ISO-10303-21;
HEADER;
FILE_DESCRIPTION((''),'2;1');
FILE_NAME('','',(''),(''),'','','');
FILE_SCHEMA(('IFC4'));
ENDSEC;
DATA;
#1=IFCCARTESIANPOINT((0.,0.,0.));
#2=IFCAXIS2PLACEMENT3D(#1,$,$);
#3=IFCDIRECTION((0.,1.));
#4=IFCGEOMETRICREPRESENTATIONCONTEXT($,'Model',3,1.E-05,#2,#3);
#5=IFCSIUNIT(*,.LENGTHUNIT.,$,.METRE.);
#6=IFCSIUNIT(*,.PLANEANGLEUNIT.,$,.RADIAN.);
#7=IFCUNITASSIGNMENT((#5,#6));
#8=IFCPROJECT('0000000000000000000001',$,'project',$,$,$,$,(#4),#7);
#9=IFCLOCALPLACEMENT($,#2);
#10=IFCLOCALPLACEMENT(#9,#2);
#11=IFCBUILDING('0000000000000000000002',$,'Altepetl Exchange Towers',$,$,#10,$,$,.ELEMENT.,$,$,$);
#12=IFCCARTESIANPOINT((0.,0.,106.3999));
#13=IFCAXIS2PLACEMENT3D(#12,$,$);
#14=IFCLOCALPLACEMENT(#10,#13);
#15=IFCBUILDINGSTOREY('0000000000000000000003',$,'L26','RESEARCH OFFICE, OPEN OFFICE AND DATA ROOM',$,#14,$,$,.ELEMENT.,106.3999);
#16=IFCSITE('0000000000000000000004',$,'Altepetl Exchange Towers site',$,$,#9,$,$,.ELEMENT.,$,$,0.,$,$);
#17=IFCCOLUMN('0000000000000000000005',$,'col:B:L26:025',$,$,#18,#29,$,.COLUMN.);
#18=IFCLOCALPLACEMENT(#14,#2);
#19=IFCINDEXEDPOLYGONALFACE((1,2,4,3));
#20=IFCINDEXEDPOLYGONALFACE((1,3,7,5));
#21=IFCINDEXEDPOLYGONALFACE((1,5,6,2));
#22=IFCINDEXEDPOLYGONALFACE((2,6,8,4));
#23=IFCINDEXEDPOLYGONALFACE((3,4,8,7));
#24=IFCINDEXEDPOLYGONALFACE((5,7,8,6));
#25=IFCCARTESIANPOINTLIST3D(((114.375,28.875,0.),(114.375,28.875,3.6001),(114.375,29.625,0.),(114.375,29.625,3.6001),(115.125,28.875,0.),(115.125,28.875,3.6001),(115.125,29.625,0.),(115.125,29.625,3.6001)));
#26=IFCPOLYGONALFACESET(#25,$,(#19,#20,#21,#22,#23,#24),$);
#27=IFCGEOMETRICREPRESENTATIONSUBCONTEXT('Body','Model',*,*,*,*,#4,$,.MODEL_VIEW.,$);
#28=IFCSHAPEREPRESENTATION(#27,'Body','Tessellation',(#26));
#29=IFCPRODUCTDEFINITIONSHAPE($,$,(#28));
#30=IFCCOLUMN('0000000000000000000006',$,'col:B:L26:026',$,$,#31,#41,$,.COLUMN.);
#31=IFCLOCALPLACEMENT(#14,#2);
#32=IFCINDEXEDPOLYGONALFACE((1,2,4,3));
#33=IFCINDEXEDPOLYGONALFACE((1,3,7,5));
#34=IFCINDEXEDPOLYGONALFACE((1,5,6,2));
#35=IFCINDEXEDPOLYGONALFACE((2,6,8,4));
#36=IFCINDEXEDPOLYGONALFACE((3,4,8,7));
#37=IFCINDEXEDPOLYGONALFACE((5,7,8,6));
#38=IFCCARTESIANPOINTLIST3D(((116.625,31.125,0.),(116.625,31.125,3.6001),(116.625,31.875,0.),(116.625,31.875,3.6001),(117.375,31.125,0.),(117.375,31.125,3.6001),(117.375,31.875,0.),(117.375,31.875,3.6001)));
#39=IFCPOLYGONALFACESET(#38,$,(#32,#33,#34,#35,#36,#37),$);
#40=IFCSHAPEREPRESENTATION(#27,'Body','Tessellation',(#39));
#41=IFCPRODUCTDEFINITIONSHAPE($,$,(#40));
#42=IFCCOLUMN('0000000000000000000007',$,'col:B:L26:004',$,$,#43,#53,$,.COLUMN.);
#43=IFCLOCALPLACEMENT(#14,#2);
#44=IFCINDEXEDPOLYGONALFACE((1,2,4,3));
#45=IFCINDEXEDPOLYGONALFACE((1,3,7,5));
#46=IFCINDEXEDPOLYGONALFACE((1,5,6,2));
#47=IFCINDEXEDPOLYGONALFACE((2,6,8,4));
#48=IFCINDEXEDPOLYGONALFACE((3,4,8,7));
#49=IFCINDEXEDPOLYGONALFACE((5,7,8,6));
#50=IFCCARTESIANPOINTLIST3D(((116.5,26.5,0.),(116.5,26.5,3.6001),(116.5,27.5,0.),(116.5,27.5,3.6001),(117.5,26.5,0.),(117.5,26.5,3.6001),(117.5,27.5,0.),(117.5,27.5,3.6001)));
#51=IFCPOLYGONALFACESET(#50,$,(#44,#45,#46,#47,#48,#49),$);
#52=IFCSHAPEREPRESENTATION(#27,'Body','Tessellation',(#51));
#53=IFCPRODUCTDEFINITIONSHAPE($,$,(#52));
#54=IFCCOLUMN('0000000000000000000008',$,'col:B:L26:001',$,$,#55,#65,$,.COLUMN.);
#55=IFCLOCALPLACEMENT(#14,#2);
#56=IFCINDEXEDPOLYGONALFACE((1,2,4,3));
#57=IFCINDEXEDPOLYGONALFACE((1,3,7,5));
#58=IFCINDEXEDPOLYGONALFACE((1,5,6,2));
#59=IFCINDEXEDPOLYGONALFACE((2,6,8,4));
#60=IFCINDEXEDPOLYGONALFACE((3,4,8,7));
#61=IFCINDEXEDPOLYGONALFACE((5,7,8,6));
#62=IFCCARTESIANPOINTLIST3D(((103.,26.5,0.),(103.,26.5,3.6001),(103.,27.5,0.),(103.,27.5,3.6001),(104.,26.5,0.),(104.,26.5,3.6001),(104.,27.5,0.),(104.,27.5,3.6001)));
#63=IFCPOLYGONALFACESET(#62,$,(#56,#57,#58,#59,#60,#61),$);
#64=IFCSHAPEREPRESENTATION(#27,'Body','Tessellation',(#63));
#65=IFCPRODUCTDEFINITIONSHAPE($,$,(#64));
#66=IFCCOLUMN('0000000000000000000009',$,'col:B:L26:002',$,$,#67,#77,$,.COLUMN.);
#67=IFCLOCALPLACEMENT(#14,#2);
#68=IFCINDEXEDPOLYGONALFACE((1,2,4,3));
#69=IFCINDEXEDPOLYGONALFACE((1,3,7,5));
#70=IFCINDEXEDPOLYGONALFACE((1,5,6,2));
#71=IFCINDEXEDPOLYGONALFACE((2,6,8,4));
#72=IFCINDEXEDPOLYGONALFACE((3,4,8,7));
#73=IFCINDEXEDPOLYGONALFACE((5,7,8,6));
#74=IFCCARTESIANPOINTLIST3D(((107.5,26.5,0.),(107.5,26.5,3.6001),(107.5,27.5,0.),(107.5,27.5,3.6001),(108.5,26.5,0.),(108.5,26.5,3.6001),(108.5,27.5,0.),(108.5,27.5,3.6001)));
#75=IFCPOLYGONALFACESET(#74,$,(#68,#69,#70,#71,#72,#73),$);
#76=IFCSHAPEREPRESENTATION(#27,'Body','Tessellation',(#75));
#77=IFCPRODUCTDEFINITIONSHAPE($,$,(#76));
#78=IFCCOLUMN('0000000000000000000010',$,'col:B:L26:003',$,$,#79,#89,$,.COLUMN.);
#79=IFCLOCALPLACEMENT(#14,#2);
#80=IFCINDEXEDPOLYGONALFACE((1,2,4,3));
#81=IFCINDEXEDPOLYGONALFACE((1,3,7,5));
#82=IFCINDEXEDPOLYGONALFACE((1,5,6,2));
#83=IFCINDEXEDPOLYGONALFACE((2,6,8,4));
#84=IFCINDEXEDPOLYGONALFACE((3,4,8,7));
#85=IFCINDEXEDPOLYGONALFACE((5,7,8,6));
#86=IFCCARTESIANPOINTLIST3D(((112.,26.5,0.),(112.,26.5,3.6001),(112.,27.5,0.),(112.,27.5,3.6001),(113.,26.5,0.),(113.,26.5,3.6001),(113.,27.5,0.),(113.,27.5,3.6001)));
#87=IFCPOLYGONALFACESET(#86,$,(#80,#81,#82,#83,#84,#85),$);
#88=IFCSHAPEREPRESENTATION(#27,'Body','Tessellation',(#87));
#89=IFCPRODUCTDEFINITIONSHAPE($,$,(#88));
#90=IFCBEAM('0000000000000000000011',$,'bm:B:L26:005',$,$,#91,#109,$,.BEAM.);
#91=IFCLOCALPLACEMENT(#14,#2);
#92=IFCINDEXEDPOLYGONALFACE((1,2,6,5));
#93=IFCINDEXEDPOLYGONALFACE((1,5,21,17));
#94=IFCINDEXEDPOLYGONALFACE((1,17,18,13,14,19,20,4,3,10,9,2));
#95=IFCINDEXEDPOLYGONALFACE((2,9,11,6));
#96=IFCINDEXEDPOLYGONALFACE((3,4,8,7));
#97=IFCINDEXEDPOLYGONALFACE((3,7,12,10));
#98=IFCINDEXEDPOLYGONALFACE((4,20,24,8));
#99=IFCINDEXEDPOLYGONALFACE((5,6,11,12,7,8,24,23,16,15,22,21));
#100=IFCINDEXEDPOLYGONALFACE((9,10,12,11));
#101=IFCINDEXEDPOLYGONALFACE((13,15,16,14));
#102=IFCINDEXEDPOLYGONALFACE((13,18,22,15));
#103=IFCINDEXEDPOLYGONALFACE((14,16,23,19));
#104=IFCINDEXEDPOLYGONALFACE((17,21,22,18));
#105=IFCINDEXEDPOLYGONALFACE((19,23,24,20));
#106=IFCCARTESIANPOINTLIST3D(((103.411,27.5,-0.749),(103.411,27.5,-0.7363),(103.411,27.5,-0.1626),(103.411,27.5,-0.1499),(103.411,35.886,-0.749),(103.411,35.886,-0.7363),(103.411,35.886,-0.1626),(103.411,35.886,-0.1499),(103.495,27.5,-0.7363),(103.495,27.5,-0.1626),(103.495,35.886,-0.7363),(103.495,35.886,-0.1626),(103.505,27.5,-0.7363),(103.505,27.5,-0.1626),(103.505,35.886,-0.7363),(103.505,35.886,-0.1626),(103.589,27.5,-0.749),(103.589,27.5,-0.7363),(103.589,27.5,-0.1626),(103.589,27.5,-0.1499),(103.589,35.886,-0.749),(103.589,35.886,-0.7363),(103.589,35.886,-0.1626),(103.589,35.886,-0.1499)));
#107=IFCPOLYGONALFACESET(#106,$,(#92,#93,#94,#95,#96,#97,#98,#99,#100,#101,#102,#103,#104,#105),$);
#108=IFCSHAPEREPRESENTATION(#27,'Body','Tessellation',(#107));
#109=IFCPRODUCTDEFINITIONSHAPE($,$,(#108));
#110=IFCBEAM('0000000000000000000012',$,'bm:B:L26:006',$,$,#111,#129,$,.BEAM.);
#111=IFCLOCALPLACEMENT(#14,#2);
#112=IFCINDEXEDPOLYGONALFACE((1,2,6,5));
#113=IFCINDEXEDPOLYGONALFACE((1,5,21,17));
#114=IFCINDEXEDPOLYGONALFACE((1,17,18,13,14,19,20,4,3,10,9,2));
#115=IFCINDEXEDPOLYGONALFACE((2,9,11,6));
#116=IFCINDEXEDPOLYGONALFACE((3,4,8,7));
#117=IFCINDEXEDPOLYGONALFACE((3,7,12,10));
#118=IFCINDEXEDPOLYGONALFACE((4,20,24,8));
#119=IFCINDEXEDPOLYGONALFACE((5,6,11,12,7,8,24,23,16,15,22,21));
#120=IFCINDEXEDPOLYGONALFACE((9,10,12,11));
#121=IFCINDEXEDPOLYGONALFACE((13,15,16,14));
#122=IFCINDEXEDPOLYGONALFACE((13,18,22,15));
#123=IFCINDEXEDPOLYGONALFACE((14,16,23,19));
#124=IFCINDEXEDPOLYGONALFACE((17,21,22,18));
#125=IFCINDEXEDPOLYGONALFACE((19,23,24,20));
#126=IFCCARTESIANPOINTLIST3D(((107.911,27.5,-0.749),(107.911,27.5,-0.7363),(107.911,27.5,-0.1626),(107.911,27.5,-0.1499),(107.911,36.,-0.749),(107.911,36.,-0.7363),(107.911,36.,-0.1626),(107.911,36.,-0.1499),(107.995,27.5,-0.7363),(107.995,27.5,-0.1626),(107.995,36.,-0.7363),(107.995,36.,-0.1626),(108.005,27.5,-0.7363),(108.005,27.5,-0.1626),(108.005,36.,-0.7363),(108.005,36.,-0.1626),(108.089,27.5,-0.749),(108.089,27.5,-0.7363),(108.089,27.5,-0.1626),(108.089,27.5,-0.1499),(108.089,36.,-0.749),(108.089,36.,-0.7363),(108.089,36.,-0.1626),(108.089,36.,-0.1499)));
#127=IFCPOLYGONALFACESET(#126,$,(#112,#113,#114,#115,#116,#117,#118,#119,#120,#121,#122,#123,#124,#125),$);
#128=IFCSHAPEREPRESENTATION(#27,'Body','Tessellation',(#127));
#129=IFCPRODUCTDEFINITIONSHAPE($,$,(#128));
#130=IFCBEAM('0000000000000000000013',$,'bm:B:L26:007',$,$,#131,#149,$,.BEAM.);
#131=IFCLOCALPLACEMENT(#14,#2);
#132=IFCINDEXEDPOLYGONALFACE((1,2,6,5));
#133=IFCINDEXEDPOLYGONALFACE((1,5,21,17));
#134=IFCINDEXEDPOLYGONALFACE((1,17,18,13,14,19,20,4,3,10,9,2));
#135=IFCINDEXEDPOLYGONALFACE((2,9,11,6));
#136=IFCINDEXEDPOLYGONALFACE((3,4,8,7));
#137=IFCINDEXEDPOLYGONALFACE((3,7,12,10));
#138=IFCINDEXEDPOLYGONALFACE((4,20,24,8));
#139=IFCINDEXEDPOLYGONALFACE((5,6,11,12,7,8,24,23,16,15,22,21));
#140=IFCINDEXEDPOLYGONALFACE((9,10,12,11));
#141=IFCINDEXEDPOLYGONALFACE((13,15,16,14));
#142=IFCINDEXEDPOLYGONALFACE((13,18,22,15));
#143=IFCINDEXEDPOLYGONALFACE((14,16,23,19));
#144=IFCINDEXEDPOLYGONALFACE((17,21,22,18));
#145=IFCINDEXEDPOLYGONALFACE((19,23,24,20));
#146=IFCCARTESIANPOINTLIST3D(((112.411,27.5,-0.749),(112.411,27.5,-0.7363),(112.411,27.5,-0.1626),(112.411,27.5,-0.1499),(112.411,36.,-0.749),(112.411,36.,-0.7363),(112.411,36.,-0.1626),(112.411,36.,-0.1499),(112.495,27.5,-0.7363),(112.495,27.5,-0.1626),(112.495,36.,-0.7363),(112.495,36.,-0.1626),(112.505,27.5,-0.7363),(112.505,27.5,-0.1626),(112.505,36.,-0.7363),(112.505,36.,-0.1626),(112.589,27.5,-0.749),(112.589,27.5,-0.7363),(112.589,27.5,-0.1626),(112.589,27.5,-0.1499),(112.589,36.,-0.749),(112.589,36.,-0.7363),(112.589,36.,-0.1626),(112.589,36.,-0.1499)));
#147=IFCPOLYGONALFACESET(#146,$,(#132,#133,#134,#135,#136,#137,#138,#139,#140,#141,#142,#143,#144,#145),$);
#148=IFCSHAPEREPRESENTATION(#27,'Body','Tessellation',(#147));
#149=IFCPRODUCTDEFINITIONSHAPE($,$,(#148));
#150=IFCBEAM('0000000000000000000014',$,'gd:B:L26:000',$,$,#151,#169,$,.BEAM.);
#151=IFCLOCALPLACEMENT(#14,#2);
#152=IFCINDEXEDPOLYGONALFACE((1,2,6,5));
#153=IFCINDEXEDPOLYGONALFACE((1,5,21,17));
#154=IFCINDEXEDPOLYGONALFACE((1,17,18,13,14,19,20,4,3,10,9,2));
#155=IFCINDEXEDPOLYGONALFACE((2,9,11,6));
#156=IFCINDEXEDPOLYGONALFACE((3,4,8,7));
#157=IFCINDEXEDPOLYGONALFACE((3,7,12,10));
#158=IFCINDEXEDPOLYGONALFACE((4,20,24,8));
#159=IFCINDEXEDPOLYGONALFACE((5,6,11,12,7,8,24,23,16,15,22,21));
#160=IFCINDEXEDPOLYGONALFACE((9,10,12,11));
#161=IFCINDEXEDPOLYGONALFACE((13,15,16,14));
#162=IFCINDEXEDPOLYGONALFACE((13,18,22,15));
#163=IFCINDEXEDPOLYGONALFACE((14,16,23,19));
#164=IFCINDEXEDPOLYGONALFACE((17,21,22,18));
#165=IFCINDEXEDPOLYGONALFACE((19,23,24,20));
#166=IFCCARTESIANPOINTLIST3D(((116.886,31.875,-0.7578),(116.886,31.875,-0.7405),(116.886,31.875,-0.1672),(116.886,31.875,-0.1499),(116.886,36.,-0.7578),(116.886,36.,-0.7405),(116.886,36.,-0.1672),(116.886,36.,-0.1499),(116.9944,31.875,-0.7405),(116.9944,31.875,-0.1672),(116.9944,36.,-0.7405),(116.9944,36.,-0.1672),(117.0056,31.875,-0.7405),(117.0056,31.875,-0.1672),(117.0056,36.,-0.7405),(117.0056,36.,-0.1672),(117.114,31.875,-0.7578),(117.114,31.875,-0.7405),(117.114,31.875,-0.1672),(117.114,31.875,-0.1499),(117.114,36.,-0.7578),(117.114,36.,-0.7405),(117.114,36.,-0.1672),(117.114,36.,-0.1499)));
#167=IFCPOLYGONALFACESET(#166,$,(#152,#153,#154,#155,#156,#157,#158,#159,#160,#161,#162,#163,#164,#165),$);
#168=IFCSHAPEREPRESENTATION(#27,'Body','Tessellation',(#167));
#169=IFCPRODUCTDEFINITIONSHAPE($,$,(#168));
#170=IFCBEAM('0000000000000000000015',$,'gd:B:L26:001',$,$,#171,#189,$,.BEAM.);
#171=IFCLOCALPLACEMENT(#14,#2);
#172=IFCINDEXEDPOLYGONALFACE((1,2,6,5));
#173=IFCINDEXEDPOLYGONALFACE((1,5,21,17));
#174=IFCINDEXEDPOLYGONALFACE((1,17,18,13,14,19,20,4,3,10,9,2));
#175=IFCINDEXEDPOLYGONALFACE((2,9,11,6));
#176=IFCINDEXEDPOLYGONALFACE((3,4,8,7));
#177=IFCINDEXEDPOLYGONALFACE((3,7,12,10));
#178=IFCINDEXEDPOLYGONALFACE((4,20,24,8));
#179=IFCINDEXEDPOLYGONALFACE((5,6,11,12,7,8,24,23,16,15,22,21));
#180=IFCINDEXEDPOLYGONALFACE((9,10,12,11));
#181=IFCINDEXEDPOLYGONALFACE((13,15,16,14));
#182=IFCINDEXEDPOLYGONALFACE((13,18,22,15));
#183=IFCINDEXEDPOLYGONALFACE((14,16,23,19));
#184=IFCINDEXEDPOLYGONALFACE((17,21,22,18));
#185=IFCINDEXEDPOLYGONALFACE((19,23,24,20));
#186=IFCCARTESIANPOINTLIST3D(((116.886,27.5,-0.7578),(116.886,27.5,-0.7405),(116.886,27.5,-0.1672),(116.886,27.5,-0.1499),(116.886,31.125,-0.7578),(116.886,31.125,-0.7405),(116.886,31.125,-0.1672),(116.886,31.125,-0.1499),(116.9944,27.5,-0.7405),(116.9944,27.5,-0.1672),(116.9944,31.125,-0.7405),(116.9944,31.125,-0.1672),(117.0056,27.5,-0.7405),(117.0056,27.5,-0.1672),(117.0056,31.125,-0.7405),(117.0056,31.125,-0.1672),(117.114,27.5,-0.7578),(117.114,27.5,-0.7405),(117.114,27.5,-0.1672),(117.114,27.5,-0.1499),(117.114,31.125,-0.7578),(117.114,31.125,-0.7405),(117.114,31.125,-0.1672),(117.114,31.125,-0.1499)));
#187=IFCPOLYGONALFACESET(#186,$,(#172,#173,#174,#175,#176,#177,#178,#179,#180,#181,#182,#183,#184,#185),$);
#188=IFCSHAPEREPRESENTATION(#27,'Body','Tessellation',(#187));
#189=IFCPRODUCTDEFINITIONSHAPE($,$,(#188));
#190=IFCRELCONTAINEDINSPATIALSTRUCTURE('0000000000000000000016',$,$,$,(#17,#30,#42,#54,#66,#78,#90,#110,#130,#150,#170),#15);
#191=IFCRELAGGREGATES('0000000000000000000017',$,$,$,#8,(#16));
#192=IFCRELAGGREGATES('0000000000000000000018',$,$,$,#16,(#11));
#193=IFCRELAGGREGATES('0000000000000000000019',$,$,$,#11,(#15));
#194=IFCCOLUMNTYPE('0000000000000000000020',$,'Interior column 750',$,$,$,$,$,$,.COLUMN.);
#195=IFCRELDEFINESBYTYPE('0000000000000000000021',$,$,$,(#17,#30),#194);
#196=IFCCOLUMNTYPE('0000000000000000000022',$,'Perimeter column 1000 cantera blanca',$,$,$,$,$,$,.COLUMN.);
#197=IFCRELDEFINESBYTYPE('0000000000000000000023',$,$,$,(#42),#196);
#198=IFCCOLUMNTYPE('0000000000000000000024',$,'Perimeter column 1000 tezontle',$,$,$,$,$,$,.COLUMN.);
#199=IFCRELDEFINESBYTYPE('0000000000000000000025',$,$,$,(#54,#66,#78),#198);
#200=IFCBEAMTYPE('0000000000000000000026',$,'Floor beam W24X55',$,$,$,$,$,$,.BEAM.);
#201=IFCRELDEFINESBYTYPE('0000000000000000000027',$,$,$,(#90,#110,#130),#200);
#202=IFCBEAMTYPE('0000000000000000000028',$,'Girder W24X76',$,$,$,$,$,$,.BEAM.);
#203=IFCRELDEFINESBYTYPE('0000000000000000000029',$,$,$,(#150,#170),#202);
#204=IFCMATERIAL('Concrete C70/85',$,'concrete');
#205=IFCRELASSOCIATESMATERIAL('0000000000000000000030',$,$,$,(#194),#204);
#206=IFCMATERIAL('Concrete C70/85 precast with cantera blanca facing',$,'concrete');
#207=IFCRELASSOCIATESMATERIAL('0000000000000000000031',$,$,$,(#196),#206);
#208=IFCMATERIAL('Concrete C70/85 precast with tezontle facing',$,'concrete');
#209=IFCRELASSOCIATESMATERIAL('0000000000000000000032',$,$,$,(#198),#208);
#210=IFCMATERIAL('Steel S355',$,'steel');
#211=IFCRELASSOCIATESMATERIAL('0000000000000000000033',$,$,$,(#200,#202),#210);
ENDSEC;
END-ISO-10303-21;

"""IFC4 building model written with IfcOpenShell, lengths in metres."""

from ifc_helpers import new_model, si_unit, direction, frame, origin, origin_2d, place, context, subcontext, project, spatial, rectangle, i_section, extrude, material, material_profile, profile_set, type_object, element, save


model = new_model("IFC4")

# Units and contexts
model_context = context("Model", 3, precision=1e-05, world=origin(), true_north=direction((0.0, 1.0)))
body_context = subcontext(model_context, "Body", "Model", "MODEL_VIEW")
ifc_project = project(units=[si_unit("LENGTHUNIT", "METRE"), si_unit("PLANEANGLEUNIT", "RADIAN")], contexts=[model_context])

# Site, building, storey
site_placement = place(None, origin())
site = spatial("IfcSite", under=ifc_project, at=site_placement, Name="Altepetl Exchange Towers site", CompositionType="ELEMENT", RefElevation=0.0)
building_placement = place(site_placement, origin())
building = spatial("IfcBuilding", under=site, at=building_placement, Name="Altepetl Exchange Towers", CompositionType="ELEMENT")
storey_placement = place(building_placement, frame((0.0, 0.0, 106.3999)))
storey = spatial("IfcBuildingStorey", under=building, at=storey_placement, Name="L26", Description="RESEARCH OFFICE, OPEN OFFICE AND DATA ROOM", CompositionType="ELEMENT", Elevation=106.3999)

# Columns
ifc_material_1 = material(Name="Concrete C70/85", Category="concrete")
ifc_material_profile_1 = material_profile(ifc_material_1, rectangle(XDim=0.75, YDim=0.75, at=origin_2d()), Name="750 x 750")
ifc_profile_set_1 = profile_set([ifc_material_profile_1], Name="Concrete C70/85")
column_type_1 = type_object("IfcColumnType", Name="Interior column 750", PredefinedType="COLUMN", material=ifc_profile_set_1)
for number, where, name in (
    (1, (114.75, 29.25, 0.0), "col:B:L26:025"),
    (2, (117.0, 31.5, 0.0), "col:B:L26:026"),
):
    element("IfcColumn", number, at=place(storey_placement, frame(where)), inside=storey, type_object=column_type_1, Name=name, PredefinedType="COLUMN", context=body_context, shape_type="SweptSolid", body=[
        extrude(rectangle(XDim=0.75, YDim=0.75, at=origin_2d()), origin(), (0.0, 0.0, 1.0), 3.6001),
    ])
ifc_material_2 = material(Name="Concrete C70/85 precast with cantera blanca facing", Category="concrete")
ifc_material_profile_2 = material_profile(ifc_material_2, rectangle(XDim=1.0, YDim=1.0, at=origin_2d()), Name="1000 x 1000")
ifc_profile_set_2 = profile_set([ifc_material_profile_2], Name="Concrete C70/85 precast with cantera blanca facing")
column_type_2 = type_object("IfcColumnType", Name="Perimeter column 1000 cantera blanca", PredefinedType="COLUMN", material=ifc_profile_set_2)
column_placement = place(storey_placement, frame((117.0, 27.0, 0.0)))
element("IfcColumn", 3, at=column_placement, inside=storey, type_object=column_type_2, Name="col:B:L26:004", PredefinedType="COLUMN", context=body_context, shape_type="SweptSolid", body=[
    extrude(rectangle(XDim=1.0, YDim=1.0, at=origin_2d()), origin(), (0.0, 0.0, 1.0), 3.6001),
])
ifc_material_3 = material(Name="Concrete C70/85 precast with tezontle facing", Category="concrete")
ifc_material_profile_3 = material_profile(ifc_material_3, rectangle(XDim=1.0, YDim=1.0, at=origin_2d()), Name="1000 x 1000")
ifc_profile_set_3 = profile_set([ifc_material_profile_3], Name="Concrete C70/85 precast with tezontle facing")
column_type_3 = type_object("IfcColumnType", Name="Perimeter column 1000 tezontle", PredefinedType="COLUMN", material=ifc_profile_set_3)
for number, where, name in (
    (4, (103.5, 27.0, 0.0), "col:B:L26:001"),
    (5, (108.0, 27.0, 0.0), "col:B:L26:002"),
    (6, (112.5, 27.0, 0.0), "col:B:L26:003"),
):
    element("IfcColumn", number, at=place(storey_placement, frame(where)), inside=storey, type_object=column_type_3, Name=name, PredefinedType="COLUMN", context=body_context, shape_type="SweptSolid", body=[
        extrude(rectangle(XDim=1.0, YDim=1.0, at=origin_2d()), origin(), (0.0, 0.0, 1.0), 3.6001),
    ])

# Beams
ifc_material_4 = material(Name="Steel S355", Category="steel")
ifc_material_profile_4 = material_profile(ifc_material_4, i_section(OverallWidth=0.178, OverallDepth=0.5991, WebThickness=0.01, FlangeThickness=0.0127, at=origin_2d()), Name="W24X55")
ifc_profile_set_4 = profile_set([ifc_material_profile_4], Name="Steel S355")
beam_type_1 = type_object("IfcBeamType", Name="Floor beam W24X55", PredefinedType="BEAM", material=ifc_profile_set_4)
beam_1_placement = place(storey_placement, frame((103.5, 27.5, -0.4495), z_axis=(0.0, 1.0, 0.0), x_axis=(-1.0, 0.0, 0.0)))
element("IfcBeam", 7, at=beam_1_placement, inside=storey, type_object=beam_type_1, Name="bm:B:L26:005", PredefinedType="BEAM", context=body_context, shape_type="SweptSolid", body=[
    extrude(i_section(OverallWidth=0.178, OverallDepth=0.5991, WebThickness=0.01, FlangeThickness=0.0127, at=origin_2d()), origin(), (0.0, 0.0, 1.0), 8.386),
])
for number, where, z_axis, x_axis, name in (
    (8, (108.0, 27.5, -0.4495), (0.0, 1.0, 0.0), (-1.0, 0.0, 0.0), "bm:B:L26:006"),
    (9, (112.5, 27.5, -0.4495), (0.0, 1.0, 0.0), (-1.0, 0.0, 0.0), "bm:B:L26:007"),
):
    element("IfcBeam", number, at=place(storey_placement, frame(where, z_axis=z_axis, x_axis=x_axis)), inside=storey, type_object=beam_type_1, Name=name, PredefinedType="BEAM", context=body_context, shape_type="SweptSolid", body=[
        extrude(i_section(OverallWidth=0.178, OverallDepth=0.5991, WebThickness=0.01, FlangeThickness=0.0127, at=origin_2d()), origin(), (0.0, 0.0, 1.0), 8.5),
    ])
ifc_material_profile_5 = material_profile(ifc_material_4, i_section(OverallWidth=0.228, OverallDepth=0.6079, WebThickness=0.0112, FlangeThickness=0.0173, at=origin_2d()), Name="W24X76")
ifc_profile_set_5 = profile_set([ifc_material_profile_5], Name="Steel S355")
beam_type_2 = type_object("IfcBeamType", Name="Girder W24X76", PredefinedType="BEAM", material=ifc_profile_set_5)
beam_2_placement = place(storey_placement, frame((117.0, 36.0, -0.4539), z_axis=(0.0, -1.0, 0.0), x_axis=(1.0, 0.0, 0.0)))
element("IfcBeam", 10, at=beam_2_placement, inside=storey, type_object=beam_type_2, Name="gd:B:L26:000", PredefinedType="BEAM", context=body_context, shape_type="SweptSolid", body=[
    extrude(i_section(OverallWidth=0.228, OverallDepth=0.6079, WebThickness=0.0112, FlangeThickness=0.0173, at=origin_2d()), origin(), (0.0, 0.0, 1.0), 4.125),
])
beam_3_placement = place(storey_placement, frame((117.0, 31.125, -0.4539), z_axis=(0.0, -1.0, 0.0), x_axis=(1.0, 0.0, 0.0)))
element("IfcBeam", 11, at=beam_3_placement, inside=storey, type_object=beam_type_2, Name="gd:B:L26:001", PredefinedType="BEAM", context=body_context, shape_type="SweptSolid", body=[
    extrude(i_section(OverallWidth=0.228, OverallDepth=0.6079, WebThickness=0.0112, FlangeThickness=0.0173, at=origin_2d()), origin(), (0.0, 0.0, 1.0), 3.625),
])

save(model, "model.ifc")
